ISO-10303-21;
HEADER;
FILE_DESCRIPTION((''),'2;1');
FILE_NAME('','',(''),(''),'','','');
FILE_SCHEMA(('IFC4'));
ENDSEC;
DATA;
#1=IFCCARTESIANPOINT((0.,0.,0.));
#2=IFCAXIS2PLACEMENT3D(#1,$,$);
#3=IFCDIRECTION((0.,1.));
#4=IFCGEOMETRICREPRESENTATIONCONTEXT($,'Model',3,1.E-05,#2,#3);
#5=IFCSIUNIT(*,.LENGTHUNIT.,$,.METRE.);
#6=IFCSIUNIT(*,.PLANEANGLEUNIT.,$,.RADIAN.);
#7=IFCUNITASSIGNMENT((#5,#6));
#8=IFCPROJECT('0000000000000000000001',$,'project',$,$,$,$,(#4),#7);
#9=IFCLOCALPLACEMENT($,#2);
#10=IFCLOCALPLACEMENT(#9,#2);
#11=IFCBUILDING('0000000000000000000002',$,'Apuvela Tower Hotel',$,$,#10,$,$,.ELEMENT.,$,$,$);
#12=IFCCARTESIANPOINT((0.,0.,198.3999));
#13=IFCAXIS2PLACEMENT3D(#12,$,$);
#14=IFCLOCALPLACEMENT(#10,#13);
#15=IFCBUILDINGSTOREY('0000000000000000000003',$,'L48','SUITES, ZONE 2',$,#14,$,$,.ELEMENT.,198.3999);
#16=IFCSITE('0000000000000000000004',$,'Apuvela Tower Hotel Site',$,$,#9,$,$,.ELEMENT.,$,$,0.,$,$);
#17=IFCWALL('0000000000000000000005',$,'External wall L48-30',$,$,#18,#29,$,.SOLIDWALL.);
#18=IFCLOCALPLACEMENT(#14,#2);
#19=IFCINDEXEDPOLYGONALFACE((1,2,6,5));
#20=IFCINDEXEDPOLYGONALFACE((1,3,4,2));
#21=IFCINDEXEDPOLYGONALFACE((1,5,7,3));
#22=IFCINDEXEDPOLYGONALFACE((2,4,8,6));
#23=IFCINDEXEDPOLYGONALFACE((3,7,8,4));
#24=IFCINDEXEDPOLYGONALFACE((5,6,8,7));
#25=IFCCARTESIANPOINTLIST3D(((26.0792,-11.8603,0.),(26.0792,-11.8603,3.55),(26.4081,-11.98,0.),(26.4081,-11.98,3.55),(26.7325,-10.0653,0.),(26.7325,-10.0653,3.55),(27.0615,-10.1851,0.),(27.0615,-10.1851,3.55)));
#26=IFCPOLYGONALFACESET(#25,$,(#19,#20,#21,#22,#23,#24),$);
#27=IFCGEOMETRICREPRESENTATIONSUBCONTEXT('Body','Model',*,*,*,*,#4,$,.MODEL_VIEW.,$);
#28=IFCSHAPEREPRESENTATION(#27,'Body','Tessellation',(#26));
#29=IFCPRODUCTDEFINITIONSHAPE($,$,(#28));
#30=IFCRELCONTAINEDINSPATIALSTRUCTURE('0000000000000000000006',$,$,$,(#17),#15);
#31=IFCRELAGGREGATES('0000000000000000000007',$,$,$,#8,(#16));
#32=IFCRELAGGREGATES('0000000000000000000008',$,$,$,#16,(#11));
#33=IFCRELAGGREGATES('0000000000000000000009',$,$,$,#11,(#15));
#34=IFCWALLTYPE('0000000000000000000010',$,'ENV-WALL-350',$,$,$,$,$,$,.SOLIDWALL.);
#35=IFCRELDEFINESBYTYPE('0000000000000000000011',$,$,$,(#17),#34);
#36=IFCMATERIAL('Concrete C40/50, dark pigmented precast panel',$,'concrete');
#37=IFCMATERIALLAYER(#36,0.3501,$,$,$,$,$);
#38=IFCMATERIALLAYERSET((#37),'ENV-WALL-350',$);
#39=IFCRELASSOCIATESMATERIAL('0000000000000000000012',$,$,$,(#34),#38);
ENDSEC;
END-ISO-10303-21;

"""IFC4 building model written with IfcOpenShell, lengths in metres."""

from ifc_helpers import new_model, si_unit, direction, frame, frame_2d, origin, place, context, subcontext, project, spatial, rectangle, extrude, material, layer, layer_set, type_object, element, save


model = new_model("IFC4")

# Units and contexts
model_context = context("Model", 3, precision=1e-05, world=origin(), true_north=direction((0.0, 1.0)))
body_context = subcontext(model_context, "Body", "Model", "MODEL_VIEW")
ifc_project = project(units=[si_unit("LENGTHUNIT", "METRE"), si_unit("PLANEANGLEUNIT", "RADIAN")], contexts=[model_context])

# Site, building, storey
site_placement = place(None, origin())
site = spatial("IfcSite", under=ifc_project, at=site_placement, Name="Apuvela Tower Hotel Site", CompositionType="ELEMENT", RefElevation=0.0)
building_placement = place(site_placement, origin())
building = spatial("IfcBuilding", under=site, at=building_placement, Name="Apuvela Tower Hotel", CompositionType="ELEMENT")
storey_placement = place(building_placement, frame((0.0, 0.0, 198.3999)))
storey = spatial("IfcBuildingStorey", under=building, at=storey_placement, Name="L48", Description="SUITES, ZONE 2", CompositionType="ELEMENT", Elevation=198.3999)

# Shared definitions
ifc_material_1 = material(Name="Concrete C40/50, dark pigmented precast panel", Category="concrete")
ifc_layer_1 = layer(ifc_material_1, 0.3501)
ifc_layer_set_1 = layer_set([ifc_layer_1], Name="ENV-WALL-350")
wall_type_1 = type_object("IfcWallType", Name="ENV-WALL-350", PredefinedType="SOLIDWALL", material=ifc_layer_set_1)

# Wall
wall_1_placement = place(storey_placement, frame((26.2437, -11.9202, 0.0), z_axis=(0.0, 0.0, 1.0), x_axis=(0.34203, 0.939689, 0.0)))
element("IfcWall", 1, at=wall_1_placement, inside=storey, type_object=wall_type_1, Name="External wall L48-30", PredefinedType="SOLIDWALL", context=body_context, shape_type="SweptSolid", body=[
    extrude(rectangle(XDim=1.9102, YDim=0.3501, at=frame_2d((0.9551, 0.0))), origin(), (0.0, 0.0, 1.0), 3.55),
])

save(model, "model.ifc")
